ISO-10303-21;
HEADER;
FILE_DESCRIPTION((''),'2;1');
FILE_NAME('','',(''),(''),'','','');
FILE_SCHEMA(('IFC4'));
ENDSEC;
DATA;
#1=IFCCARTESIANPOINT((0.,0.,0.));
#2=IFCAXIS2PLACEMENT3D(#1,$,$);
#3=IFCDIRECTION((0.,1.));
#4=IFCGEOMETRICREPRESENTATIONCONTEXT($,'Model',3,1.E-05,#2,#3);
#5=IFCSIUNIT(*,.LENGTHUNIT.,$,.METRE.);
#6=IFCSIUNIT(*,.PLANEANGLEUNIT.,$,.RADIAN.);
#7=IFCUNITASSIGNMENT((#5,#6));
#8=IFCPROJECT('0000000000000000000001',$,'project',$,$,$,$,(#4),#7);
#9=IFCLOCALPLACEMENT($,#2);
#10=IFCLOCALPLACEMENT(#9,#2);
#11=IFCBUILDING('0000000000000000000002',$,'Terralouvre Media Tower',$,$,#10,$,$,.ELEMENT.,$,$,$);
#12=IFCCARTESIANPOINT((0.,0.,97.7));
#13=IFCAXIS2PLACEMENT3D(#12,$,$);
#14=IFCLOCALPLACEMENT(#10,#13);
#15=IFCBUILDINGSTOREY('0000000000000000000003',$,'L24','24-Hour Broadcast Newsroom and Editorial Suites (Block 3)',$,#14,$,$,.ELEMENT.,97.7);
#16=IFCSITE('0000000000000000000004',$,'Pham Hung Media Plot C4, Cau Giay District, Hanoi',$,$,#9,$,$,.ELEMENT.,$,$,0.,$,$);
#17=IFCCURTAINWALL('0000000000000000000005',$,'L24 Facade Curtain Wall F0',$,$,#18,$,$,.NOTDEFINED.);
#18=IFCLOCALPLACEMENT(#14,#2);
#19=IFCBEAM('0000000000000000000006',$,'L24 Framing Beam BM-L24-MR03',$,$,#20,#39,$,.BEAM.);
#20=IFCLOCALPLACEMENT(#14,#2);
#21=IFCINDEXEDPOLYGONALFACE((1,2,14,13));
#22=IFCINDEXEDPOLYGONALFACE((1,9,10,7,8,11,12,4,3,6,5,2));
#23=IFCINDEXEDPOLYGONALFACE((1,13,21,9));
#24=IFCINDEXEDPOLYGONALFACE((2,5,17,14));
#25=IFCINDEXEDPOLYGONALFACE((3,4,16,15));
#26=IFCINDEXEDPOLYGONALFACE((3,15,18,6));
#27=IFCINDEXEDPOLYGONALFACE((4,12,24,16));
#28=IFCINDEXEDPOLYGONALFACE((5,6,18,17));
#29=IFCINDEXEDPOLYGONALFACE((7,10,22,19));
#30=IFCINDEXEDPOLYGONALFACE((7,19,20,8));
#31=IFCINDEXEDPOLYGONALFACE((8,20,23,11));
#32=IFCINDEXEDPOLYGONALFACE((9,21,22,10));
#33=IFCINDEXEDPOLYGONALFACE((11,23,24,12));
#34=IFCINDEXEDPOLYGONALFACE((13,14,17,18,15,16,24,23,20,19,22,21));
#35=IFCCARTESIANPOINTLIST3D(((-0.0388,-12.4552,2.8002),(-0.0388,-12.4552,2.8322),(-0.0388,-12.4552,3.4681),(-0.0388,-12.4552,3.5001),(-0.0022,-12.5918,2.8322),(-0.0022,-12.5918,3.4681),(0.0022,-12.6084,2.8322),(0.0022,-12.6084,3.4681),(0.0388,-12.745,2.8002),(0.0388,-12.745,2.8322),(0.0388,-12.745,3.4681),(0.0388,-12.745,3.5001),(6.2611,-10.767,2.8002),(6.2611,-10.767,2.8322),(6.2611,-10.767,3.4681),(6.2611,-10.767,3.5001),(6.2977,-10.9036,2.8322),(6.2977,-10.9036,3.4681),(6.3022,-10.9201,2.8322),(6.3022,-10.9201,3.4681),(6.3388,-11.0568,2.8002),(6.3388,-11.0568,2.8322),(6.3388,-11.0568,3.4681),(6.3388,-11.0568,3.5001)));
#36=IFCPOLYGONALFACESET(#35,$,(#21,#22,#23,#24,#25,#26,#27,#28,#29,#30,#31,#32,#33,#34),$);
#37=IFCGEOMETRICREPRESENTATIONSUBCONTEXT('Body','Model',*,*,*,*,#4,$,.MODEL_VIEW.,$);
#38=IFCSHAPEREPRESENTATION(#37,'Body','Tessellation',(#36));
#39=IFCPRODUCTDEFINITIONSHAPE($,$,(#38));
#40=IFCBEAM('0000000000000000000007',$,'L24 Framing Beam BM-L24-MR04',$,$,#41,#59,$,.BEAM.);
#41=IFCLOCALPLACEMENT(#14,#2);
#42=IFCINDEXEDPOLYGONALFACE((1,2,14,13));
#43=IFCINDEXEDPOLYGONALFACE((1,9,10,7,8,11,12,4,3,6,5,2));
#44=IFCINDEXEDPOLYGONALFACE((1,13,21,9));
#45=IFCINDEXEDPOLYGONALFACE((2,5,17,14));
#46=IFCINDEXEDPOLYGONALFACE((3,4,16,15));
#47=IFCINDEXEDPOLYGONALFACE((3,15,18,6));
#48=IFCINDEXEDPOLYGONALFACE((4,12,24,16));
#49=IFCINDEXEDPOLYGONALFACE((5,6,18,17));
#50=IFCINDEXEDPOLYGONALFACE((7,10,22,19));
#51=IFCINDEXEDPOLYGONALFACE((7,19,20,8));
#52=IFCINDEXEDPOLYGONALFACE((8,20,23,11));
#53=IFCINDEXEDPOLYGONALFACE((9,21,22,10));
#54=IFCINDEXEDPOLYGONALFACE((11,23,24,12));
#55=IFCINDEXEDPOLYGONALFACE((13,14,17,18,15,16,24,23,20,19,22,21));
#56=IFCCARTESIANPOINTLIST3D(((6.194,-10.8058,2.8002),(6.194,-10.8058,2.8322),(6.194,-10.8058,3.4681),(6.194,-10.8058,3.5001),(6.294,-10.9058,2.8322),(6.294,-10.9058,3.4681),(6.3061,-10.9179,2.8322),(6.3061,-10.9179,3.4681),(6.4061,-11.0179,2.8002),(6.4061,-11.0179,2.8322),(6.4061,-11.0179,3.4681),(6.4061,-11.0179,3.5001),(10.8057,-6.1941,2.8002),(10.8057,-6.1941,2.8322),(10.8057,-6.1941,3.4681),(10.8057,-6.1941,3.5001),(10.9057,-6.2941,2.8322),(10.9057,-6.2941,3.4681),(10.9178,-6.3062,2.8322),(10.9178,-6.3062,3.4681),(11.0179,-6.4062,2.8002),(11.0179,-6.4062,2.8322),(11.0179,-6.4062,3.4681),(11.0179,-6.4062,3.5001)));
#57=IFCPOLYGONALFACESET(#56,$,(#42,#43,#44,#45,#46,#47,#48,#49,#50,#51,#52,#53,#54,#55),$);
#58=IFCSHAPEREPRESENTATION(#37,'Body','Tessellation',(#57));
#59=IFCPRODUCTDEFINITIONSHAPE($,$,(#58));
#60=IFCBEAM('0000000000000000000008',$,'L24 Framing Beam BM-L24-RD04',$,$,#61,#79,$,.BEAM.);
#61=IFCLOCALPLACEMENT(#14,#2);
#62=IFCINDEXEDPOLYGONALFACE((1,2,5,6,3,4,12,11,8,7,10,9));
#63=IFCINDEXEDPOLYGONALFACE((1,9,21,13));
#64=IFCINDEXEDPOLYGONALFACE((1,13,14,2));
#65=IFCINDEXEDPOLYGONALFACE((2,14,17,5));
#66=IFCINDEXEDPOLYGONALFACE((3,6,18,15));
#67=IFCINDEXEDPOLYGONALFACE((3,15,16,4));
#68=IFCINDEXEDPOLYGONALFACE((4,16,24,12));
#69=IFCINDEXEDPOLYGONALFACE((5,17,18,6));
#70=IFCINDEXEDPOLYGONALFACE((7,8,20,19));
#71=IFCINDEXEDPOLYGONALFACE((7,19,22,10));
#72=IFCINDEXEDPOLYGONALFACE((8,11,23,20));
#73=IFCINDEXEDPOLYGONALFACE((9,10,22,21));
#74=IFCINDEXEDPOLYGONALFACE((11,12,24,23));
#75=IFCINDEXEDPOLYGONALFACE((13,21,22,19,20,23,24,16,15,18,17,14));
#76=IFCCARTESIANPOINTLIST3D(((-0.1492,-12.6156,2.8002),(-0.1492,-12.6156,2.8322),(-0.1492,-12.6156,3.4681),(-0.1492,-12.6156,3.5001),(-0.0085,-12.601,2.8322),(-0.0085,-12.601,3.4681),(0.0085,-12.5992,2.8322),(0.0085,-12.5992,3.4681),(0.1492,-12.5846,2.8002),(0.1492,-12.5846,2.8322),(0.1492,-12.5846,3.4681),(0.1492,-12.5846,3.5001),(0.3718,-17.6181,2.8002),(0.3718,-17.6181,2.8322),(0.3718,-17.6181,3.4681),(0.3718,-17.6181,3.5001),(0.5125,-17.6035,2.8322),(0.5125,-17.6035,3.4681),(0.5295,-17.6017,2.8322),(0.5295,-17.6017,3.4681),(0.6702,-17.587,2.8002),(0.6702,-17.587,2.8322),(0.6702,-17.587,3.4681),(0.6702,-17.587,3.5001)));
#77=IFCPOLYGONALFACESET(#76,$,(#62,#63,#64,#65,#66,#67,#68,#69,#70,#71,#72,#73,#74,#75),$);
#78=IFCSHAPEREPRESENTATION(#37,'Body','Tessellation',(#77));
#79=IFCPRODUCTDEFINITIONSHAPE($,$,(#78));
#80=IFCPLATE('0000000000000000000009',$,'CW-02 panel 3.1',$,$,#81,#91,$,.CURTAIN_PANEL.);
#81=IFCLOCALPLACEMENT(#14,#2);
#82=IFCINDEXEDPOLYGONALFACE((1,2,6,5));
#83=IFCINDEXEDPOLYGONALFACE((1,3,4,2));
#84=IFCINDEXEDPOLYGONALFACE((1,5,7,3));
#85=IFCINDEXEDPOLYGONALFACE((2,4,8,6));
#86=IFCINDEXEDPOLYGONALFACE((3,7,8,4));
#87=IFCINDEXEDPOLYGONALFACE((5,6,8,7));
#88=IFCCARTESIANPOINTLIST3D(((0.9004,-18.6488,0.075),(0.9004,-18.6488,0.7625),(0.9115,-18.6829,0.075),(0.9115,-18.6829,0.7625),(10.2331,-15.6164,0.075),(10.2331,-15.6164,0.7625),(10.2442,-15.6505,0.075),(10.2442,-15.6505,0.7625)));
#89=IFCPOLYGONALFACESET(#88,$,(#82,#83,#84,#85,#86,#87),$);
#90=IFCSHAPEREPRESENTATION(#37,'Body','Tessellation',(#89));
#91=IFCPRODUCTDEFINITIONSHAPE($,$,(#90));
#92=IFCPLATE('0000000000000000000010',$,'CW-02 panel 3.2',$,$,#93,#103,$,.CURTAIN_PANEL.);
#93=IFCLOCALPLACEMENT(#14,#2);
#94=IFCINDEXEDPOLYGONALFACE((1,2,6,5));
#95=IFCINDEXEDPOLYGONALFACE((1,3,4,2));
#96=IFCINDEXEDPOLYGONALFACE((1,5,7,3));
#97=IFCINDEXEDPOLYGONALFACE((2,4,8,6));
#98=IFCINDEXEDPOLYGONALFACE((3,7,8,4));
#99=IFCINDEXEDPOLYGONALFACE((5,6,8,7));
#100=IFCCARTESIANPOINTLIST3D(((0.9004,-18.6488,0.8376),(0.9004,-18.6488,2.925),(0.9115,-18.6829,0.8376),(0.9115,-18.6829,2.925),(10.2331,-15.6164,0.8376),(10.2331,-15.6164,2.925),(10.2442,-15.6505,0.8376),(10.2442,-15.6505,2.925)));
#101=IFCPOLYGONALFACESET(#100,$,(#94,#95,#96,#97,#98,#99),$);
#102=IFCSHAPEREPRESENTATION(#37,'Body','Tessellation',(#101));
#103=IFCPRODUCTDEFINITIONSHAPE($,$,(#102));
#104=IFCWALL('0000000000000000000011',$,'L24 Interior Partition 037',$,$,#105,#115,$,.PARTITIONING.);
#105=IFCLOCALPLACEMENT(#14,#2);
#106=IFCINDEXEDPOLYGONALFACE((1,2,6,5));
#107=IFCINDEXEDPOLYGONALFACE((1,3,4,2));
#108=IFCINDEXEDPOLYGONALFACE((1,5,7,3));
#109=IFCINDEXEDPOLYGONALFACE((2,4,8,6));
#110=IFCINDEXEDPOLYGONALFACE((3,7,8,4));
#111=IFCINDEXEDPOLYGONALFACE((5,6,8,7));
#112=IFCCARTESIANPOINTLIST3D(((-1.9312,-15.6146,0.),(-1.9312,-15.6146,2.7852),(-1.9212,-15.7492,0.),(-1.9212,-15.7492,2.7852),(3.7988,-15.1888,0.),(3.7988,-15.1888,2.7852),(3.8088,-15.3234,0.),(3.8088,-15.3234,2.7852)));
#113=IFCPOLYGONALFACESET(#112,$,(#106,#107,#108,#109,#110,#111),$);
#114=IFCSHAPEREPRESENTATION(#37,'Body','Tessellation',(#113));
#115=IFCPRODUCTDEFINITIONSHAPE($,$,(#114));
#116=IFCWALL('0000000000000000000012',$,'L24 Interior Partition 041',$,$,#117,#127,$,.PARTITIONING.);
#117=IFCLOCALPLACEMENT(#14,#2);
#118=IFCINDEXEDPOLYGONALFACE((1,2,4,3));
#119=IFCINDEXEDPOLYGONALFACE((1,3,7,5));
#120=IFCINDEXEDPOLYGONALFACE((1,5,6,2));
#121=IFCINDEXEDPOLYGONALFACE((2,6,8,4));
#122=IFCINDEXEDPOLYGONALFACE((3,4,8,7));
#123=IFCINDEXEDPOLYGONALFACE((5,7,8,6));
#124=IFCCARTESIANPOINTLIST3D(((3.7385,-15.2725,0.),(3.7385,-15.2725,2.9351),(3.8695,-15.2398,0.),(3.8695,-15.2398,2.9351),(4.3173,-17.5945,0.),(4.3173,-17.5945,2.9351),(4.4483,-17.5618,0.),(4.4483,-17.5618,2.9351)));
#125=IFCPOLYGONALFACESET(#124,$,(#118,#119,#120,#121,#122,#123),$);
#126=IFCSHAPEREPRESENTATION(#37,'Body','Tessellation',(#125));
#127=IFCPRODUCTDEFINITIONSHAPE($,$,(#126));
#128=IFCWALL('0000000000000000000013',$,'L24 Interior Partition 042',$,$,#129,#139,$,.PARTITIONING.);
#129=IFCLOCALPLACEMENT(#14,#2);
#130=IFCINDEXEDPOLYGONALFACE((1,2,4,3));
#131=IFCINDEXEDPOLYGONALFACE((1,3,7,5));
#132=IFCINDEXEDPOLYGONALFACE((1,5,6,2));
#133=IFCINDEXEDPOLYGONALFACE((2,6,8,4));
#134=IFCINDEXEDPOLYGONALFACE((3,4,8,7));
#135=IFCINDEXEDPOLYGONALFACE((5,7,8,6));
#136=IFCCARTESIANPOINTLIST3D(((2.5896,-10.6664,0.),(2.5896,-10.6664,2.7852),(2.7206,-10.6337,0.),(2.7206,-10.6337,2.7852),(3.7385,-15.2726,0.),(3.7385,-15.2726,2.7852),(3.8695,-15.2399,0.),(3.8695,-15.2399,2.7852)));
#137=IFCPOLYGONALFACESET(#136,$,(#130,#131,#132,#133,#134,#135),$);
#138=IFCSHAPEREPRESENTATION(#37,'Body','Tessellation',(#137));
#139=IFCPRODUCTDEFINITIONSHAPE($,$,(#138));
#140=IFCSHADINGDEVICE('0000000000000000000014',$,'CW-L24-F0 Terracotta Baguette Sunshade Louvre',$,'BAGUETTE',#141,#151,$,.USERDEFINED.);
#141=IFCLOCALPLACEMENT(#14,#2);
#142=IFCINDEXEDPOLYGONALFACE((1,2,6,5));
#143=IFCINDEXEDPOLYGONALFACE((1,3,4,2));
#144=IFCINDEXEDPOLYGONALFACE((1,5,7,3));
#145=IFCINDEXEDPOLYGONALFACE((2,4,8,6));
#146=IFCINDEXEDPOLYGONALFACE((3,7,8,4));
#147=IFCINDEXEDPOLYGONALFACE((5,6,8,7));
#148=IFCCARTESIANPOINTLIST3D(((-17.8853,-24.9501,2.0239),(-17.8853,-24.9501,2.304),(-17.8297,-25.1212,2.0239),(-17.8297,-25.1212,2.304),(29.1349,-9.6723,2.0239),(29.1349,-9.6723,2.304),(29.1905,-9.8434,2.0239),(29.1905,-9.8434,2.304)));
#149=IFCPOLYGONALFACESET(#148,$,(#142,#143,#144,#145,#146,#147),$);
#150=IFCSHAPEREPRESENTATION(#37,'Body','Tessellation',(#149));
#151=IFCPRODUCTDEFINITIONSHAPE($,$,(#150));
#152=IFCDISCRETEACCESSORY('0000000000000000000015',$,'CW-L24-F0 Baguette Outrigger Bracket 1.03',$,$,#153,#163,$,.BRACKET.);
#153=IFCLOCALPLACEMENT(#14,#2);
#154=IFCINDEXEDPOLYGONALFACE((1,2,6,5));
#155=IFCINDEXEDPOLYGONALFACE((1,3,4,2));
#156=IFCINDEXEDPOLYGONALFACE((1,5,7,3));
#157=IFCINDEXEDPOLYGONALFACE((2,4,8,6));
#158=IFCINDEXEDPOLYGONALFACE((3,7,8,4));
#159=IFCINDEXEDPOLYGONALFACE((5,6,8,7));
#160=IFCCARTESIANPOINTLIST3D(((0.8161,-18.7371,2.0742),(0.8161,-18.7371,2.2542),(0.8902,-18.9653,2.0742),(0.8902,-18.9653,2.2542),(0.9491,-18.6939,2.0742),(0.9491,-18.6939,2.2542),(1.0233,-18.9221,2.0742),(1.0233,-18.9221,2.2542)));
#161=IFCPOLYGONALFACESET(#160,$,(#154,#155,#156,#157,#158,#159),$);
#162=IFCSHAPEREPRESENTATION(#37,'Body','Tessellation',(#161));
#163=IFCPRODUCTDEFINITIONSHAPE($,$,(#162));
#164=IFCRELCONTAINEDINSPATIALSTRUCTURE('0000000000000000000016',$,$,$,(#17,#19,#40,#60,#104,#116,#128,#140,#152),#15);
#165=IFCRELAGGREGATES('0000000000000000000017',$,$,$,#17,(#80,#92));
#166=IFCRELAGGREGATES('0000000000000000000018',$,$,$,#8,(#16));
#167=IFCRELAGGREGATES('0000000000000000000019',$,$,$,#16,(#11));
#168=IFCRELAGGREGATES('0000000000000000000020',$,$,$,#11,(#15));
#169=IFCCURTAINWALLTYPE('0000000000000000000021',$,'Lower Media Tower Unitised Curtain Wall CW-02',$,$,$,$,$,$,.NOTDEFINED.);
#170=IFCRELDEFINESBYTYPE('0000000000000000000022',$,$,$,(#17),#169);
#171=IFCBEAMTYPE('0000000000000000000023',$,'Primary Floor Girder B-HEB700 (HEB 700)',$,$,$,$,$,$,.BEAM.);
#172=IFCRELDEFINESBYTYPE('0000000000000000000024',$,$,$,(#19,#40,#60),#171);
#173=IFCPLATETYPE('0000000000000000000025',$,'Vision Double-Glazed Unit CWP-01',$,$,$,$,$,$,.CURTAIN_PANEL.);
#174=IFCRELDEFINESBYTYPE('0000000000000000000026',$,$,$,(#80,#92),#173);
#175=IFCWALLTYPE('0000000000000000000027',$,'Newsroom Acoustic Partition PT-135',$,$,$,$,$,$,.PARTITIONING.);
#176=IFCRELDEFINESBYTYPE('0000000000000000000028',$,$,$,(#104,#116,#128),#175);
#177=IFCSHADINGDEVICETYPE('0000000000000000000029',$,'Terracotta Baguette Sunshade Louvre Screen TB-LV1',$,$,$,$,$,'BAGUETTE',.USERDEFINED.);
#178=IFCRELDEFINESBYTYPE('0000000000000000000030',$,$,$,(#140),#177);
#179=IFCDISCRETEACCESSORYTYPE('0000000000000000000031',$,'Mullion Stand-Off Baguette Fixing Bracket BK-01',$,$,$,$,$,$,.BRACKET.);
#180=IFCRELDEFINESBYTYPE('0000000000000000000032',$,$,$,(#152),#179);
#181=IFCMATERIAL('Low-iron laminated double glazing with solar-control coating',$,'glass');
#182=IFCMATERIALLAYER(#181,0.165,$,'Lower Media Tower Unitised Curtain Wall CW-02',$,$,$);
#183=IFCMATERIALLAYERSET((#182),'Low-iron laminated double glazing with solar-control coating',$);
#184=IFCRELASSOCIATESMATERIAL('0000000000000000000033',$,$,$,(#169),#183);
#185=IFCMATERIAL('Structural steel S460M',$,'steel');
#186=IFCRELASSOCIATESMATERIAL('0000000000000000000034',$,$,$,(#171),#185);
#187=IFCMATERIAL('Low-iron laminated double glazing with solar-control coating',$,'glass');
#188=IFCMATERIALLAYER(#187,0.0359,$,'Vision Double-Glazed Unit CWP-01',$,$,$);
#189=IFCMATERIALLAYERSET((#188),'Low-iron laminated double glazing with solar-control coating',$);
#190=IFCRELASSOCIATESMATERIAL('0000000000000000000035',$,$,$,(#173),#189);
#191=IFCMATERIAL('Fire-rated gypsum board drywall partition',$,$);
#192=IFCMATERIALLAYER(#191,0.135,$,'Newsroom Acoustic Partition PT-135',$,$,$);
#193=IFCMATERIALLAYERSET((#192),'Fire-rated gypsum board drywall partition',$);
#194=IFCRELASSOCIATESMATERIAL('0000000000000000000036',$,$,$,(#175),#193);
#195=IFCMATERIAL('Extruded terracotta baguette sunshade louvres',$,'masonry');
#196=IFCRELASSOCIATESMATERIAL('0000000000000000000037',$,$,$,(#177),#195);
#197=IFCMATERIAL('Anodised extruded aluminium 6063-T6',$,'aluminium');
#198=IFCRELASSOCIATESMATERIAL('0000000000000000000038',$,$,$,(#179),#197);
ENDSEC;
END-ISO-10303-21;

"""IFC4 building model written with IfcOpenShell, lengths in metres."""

from ifc_helpers import new_model, si_unit, direction, frame, frame_2d, origin, origin_2d, place, context, subcontext, project, spatial, rectangle, i_section, extrude, material, layer, layer_set, material_profile, profile_set, type_object, element, aggregate, save


model = new_model("IFC4")

# Units and contexts
model_context = context("Model", 3, precision=1e-05, world=origin(), true_north=direction((0.0, 1.0)))
body_context = subcontext(model_context, "Body", "Model", "MODEL_VIEW")
ifc_project = project(units=[si_unit("LENGTHUNIT", "METRE"), si_unit("PLANEANGLEUNIT", "RADIAN")], contexts=[model_context])

# Site, building, storey
site_placement = place(None, origin())
site = spatial("IfcSite", under=ifc_project, at=site_placement, Name="Pham Hung Media Plot C4, Cau Giay District, Hanoi", CompositionType="ELEMENT", RefElevation=0.0)
building_placement = place(site_placement, origin())
building = spatial("IfcBuilding", under=site, at=building_placement, Name="Terralouvre Media Tower", CompositionType="ELEMENT")
storey_placement = place(building_placement, frame((0.0, 0.0, 97.7)))
storey = spatial("IfcBuildingStorey", under=building, at=storey_placement, Name="L24", Description="24-Hour Broadcast Newsroom and Editorial Suites (Block 3)", CompositionType="ELEMENT", Elevation=97.7)

# Curtain wall
ifc_material_1 = material(Name="Low-iron laminated double glazing with solar-control coating", Category="glass")
ifc_layer_1 = layer(ifc_material_1, 0.165, Name="Lower Media Tower Unitised Curtain Wall CW-02")
ifc_layer_set_1 = layer_set([ifc_layer_1], Name="Low-iron laminated double glazing with solar-control coating")
curtain_wall_type = type_object("IfcCurtainWallType", Name="Lower Media Tower Unitised Curtain Wall CW-02", PredefinedType="NOTDEFINED", material=ifc_layer_set_1)
curtain_wall_placement = place(storey_placement, origin())
curtain_wall = element("IfcCurtainWall", 1, at=curtain_wall_placement, inside=storey, type_object=curtain_wall_type, Name="L24 Facade Curtain Wall F0", PredefinedType="NOTDEFINED")

# Beams
ifc_material_2 = material(Name="Structural steel S460M", Category="steel")
ifc_material_profile_1 = material_profile(ifc_material_2, i_section(OverallWidth=0.3, OverallDepth=0.7, WebThickness=0.0171, FlangeThickness=0.032, at=origin_2d()), Name="HEB 700")
ifc_profile_set_1 = profile_set([ifc_material_profile_1], Name="Structural steel S460M")
beam_type_1 = type_object("IfcBeamType", Name="Primary Floor Girder B-HEB700 (HEB 700)", PredefinedType="BEAM", material=ifc_profile_set_1)
beam_1_placement = place(storey_placement, frame((0.0, -12.6001, 3.1501), z_axis=(0.96592, 0.258839, 0.0), x_axis=(-0.258839, 0.96592, 0.0)))
element("IfcBeam", 2, at=beam_1_placement, inside=storey, type_object=beam_type_1, Name="L24 Framing Beam BM-L24-MR03", PredefinedType="BEAM", context=body_context, shape_type="SweptSolid", body=[
    extrude(i_section(OverallWidth=0.3, OverallDepth=0.7, WebThickness=0.0171, FlangeThickness=0.032, at=origin_2d()), origin(), (0.0, 0.0, 1.0), 6.5222),
])
beam_2_placement = place(storey_placement, frame((6.3, -10.9119, 3.1501), z_axis=(0.707107, 0.707107, 0.0), x_axis=(-0.707107, 0.707107, 0.0)))
element("IfcBeam", 3, at=beam_2_placement, inside=storey, type_object=beam_type_1, Name="L24 Framing Beam BM-L24-MR04", PredefinedType="BEAM", context=body_context, shape_type="SweptSolid", body=[
    extrude(i_section(OverallWidth=0.3, OverallDepth=0.7, WebThickness=0.0171, FlangeThickness=0.032, at=origin_2d()), origin(), (0.0, 0.0, 1.0), 6.522),
])
beam_3_placement = place(storey_placement, frame((0.0, -12.6001, 3.1501), z_axis=(0.103588, -0.99462, 0.0), x_axis=(0.99462, 0.103588, 0.0)))
element("IfcBeam", 4, at=beam_3_placement, inside=storey, type_object=beam_type_1, Name="L24 Framing Beam BM-L24-RD04", PredefinedType="BEAM", context=body_context, shape_type="SweptSolid", body=[
    extrude(i_section(OverallWidth=0.3, OverallDepth=0.7, WebThickness=0.0171, FlangeThickness=0.032, at=origin_2d()), origin(), (0.0, 0.0, 1.0), 5.0295),
])

# Plates
ifc_material_3 = material(Name="Low-iron laminated double glazing with solar-control coating", Category="glass")
ifc_layer_2 = layer(ifc_material_3, 0.0359, Name="Vision Double-Glazed Unit CWP-01")
ifc_layer_set_2 = layer_set([ifc_layer_2], Name="Low-iron laminated double glazing with solar-control coating")
plate_type = type_object("IfcPlateType", Name="Vision Double-Glazed Unit CWP-01", PredefinedType="CURTAIN_PANEL", material=ifc_layer_set_2)
plate_1_placement = place(storey_placement, frame((5.5723, -17.1497, 0.075), z_axis=(0.0, 0.0, 1.0), x_axis=(0.951057, 0.309017, 0.0)))
plate_1 = element("IfcPlate", 5, at=plate_1_placement, type_object=plate_type, Name="CW-02 panel 3.1", PredefinedType="CURTAIN_PANEL", context=body_context, shape_type="SweptSolid", body=[
    extrude(rectangle(XDim=9.813, YDim=0.0359, at=origin_2d()), origin(), (0.0, 0.0, 1.0), 0.6875),
])
plate_2_placement = place(storey_placement, frame((5.5723, -17.1497, 0.8376), z_axis=(0.0, 0.0, 1.0), x_axis=(0.951057, 0.309017, 0.0)))
plate_2 = element("IfcPlate", 6, at=plate_2_placement, type_object=plate_type, Name="CW-02 panel 3.2", PredefinedType="CURTAIN_PANEL", context=body_context, shape_type="SweptSolid", body=[
    extrude(rectangle(XDim=9.813, YDim=0.0359, at=origin_2d()), origin(), (0.0, 0.0, 1.0), 2.0874),
])
aggregate(curtain_wall, [plate_1, plate_2])

# Walls
ifc_material_4 = material(Name="Fire-rated gypsum board drywall partition")
ifc_layer_3 = layer(ifc_material_4, 0.135, Name="Newsroom Acoustic Partition PT-135")
ifc_layer_set_3 = layer_set([ifc_layer_3], Name="Fire-rated gypsum board drywall partition")
wall_type = type_object("IfcWallType", Name="Newsroom Acoustic Partition PT-135", PredefinedType="PARTITIONING", material=ifc_layer_set_3)
wall_1_placement = place(storey_placement, frame((3.804, -15.2561, 0.0), z_axis=(0.0, 0.0, 1.0), x_axis=(-0.997251, -0.074103, 0.0)))
element("IfcWall", 7, at=wall_1_placement, inside=storey, type_object=wall_type, Name="L24 Interior Partition 037", PredefinedType="PARTITIONING", context=body_context, shape_type="SweptSolid", body=[
    extrude(rectangle(XDim=5.7458, YDim=0.135, at=frame_2d((2.873, 0.0))), origin(), (0.0, 0.0, 1.0), 2.7852),
])
wall_2_placement = place(storey_placement, frame((4.3828, -17.5781, 0.0), z_axis=(0.0, 0.0, 1.0), x_axis=(-0.241887, 0.970304, 0.0)))
element("IfcWall", 8, at=wall_2_placement, inside=storey, type_object=wall_type, Name="L24 Interior Partition 041", PredefinedType="PARTITIONING", context=body_context, shape_type="SweptSolid", body=[
    extrude(rectangle(XDim=2.3931, YDim=0.135, at=frame_2d((1.1965, 0.0))), origin(), (0.0, 0.0, 1.0), 2.9351),
])
wall_3_placement = place(storey_placement, frame((3.804, -15.2561, 0.0), z_axis=(0.0, 0.0, 1.0), x_axis=(-0.242015, 0.970272, 0.0)))
element("IfcWall", 9, at=wall_3_placement, inside=storey, type_object=wall_type, Name="L24 Interior Partition 042", PredefinedType="PARTITIONING", context=body_context, shape_type="SweptSolid", body=[
    extrude(rectangle(XDim=4.7473, YDim=0.135, at=frame_2d((2.3735, 0.0))), origin(), (0.0, 0.0, 1.0), 2.7852),
])

# Shading device
ifc_material_5 = material(Name="Extruded terracotta baguette sunshade louvres", Category="masonry")
shading_device_type = type_object("IfcShadingDeviceType", Name="Terracotta Baguette Sunshade Louvre Screen TB-LV1", ElementType="BAGUETTE", PredefinedType="USERDEFINED", material=ifc_material_5)
shading_device_placement = place(storey_placement, frame((5.6526, -17.3967, 2.0239), z_axis=(0.0, 0.0, 1.0), x_axis=(0.951057, 0.309017, 0.0)))
element("IfcShadingDevice", 10, at=shading_device_placement, inside=storey, type_object=shading_device_type, Name="CW-L24-F0 Terracotta Baguette Sunshade Louvre", ObjectType="BAGUETTE", PredefinedType="USERDEFINED", context=body_context, shape_type="SweptSolid", body=[
    extrude(rectangle(XDim=49.4399, YDim=0.1799, at=origin_2d()), origin(), (0.0, 0.0, 1.0), 0.28),
])

# Discrete accessory
ifc_material_6 = material(Name="Anodised extruded aluminium 6063-T6", Category="aluminium")
discrete_accessory_type = type_object("IfcDiscreteAccessoryType", Name="Mullion Stand-Off Baguette Fixing Bracket BK-01", PredefinedType="BRACKET", material=ifc_material_6)
discrete_accessory_placement = place(storey_placement, frame((0.9197, -18.8296, 2.0742), z_axis=(0.0, 0.0, 1.0), x_axis=(0.951057, 0.309017, 0.0)))
element("IfcDiscreteAccessory", 11, at=discrete_accessory_placement, inside=storey, type_object=discrete_accessory_type, Name="CW-L24-F0 Baguette Outrigger Bracket 1.03", PredefinedType="BRACKET", context=body_context, shape_type="SweptSolid", body=[
    extrude(rectangle(XDim=0.1399, YDim=0.24, at=origin_2d()), origin(), (0.0, 0.0, 1.0), 0.1799),
])

save(model, "model.ifc")
